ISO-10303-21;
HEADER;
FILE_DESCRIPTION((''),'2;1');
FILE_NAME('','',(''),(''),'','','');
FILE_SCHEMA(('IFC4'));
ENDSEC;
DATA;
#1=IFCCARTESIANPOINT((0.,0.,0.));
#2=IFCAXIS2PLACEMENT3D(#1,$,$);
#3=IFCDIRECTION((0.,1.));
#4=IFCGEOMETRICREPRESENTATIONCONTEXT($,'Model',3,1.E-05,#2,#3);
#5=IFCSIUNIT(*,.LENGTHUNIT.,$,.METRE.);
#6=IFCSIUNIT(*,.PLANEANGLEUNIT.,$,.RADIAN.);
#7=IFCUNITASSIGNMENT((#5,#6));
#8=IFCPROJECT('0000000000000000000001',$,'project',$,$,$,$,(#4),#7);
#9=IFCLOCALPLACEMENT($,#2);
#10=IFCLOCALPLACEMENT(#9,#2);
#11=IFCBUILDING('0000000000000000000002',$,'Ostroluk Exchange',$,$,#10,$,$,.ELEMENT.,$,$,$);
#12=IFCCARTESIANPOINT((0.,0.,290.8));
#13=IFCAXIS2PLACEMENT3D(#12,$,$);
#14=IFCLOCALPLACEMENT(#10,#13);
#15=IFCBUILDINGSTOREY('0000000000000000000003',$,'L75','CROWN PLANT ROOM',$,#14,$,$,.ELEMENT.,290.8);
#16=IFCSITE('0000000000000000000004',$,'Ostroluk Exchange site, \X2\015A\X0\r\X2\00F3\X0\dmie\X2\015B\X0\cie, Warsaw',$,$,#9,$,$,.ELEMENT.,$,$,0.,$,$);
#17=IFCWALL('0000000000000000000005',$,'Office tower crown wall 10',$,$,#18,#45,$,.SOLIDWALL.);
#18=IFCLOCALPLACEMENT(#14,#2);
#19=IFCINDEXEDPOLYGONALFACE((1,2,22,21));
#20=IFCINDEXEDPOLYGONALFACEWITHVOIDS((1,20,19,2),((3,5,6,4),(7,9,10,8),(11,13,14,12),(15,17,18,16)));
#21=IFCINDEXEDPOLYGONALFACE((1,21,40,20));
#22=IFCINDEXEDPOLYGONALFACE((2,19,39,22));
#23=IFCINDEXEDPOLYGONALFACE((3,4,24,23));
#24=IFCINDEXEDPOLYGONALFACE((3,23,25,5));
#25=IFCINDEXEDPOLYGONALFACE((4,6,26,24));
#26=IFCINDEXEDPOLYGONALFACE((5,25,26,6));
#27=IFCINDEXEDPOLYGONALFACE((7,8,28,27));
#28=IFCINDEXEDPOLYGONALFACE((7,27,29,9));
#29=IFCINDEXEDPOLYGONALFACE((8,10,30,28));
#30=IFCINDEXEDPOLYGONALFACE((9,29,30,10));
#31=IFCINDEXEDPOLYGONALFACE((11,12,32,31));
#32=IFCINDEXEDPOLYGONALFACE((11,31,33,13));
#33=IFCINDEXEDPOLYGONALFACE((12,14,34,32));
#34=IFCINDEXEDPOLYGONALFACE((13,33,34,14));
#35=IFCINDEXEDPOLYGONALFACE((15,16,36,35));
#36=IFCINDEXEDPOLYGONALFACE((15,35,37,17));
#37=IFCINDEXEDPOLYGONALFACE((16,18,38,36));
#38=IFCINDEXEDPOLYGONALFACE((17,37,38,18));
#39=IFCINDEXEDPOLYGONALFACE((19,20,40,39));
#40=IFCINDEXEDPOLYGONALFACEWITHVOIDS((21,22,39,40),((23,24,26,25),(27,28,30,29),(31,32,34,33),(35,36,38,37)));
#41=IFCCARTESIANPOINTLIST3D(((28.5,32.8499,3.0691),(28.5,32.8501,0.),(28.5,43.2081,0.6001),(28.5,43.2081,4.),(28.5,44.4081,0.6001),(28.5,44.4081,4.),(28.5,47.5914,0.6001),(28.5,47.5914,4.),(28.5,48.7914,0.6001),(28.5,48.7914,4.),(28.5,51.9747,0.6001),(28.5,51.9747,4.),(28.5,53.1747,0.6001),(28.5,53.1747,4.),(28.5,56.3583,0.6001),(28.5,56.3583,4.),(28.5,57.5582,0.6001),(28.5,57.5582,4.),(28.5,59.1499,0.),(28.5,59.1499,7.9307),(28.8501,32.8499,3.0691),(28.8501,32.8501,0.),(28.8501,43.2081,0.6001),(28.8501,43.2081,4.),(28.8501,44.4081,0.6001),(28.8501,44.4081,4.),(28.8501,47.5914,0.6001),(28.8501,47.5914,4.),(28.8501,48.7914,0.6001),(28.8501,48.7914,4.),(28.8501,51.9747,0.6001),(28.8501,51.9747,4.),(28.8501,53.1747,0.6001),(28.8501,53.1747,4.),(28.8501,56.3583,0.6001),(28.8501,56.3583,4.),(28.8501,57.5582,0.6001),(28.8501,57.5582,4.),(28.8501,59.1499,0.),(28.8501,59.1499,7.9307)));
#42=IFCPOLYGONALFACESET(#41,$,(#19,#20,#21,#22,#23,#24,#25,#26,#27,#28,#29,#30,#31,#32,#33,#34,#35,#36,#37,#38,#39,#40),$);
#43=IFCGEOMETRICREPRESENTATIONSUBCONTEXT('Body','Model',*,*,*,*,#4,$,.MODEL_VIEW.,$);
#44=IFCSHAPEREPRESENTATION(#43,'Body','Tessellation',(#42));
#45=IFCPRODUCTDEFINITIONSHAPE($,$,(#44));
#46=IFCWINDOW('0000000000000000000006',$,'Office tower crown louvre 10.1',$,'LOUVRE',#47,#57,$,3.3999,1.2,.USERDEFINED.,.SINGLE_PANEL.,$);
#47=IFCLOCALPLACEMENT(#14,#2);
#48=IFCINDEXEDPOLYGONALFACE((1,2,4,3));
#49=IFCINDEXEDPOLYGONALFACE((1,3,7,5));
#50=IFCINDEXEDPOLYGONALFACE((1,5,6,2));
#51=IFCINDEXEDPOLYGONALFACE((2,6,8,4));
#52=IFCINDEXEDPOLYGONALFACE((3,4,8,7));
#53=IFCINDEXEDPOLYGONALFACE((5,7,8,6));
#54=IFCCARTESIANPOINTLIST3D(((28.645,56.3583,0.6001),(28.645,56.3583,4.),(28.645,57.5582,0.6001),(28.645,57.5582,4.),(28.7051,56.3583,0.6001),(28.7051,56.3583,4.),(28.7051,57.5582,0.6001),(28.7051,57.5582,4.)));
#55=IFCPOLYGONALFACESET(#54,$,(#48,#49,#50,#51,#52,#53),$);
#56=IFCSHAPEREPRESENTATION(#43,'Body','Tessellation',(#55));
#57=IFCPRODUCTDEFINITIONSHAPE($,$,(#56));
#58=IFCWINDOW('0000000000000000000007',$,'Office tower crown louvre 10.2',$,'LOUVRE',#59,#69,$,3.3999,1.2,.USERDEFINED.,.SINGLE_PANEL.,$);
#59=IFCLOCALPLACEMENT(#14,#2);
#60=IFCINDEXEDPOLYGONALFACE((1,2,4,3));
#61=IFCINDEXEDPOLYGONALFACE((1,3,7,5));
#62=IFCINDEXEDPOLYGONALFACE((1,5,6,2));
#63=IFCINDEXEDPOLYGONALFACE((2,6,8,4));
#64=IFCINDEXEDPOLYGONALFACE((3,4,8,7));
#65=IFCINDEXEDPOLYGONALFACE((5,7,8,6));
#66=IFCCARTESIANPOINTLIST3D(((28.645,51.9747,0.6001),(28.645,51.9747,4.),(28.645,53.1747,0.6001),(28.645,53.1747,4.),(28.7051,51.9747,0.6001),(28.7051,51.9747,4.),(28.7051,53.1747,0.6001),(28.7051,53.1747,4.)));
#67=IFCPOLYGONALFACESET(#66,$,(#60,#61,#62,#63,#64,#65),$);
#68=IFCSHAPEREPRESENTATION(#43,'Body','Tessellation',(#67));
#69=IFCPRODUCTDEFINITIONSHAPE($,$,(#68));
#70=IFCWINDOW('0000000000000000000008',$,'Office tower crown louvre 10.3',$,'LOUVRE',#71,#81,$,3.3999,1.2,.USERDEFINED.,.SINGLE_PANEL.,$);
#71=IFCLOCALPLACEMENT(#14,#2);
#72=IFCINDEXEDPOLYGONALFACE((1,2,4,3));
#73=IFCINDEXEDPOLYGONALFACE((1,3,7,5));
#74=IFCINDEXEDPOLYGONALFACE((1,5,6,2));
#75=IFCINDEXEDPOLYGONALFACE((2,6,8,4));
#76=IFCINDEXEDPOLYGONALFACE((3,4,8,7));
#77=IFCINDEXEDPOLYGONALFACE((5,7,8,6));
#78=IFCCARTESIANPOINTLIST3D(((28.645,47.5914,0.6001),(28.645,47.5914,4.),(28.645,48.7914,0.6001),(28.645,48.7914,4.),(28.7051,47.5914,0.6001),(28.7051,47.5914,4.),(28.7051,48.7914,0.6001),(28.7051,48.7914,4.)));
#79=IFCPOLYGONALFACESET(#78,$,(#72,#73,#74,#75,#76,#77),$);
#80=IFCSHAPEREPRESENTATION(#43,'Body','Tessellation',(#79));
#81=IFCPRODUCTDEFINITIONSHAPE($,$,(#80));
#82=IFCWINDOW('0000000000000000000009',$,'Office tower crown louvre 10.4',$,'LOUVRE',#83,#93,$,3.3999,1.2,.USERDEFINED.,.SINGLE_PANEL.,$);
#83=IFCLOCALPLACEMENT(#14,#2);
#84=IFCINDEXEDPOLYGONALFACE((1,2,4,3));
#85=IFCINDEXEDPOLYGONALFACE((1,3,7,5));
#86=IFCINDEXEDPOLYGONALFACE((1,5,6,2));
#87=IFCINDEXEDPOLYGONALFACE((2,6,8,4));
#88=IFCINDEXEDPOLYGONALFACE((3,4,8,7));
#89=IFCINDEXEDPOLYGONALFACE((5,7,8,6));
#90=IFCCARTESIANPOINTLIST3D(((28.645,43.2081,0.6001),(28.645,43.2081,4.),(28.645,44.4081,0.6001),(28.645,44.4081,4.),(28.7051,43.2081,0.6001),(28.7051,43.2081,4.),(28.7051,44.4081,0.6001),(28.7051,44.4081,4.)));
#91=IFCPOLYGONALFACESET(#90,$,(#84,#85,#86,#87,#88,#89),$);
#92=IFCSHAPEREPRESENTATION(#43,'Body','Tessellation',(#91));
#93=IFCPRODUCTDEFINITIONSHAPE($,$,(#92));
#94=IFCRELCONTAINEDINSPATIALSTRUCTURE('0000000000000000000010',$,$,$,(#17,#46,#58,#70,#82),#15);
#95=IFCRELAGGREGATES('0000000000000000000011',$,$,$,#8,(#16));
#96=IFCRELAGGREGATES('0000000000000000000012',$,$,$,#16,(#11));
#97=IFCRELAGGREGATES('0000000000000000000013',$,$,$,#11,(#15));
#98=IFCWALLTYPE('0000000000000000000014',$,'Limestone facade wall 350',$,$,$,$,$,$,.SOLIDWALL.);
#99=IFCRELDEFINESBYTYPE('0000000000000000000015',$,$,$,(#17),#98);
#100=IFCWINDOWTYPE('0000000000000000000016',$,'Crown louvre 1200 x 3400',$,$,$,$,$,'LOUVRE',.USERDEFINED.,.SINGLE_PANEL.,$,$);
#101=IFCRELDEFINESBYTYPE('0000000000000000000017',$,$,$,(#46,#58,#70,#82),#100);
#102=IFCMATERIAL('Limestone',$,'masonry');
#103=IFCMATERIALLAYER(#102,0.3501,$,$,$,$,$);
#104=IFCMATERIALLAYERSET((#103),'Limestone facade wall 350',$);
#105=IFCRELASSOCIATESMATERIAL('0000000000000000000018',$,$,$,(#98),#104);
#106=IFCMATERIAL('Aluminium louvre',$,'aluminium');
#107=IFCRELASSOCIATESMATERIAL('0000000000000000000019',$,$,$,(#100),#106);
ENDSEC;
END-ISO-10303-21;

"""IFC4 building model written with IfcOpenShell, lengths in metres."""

from ifc_helpers import new_model, si_unit, direction, frame, frame_2d, origin, place, context, subcontext, project, spatial, polyline, rectangle, outline, extrude, material, layer, layer_set, type_object, element, fill, save


model = new_model("IFC4")

# Units and contexts
model_context = context("Model", 3, precision=1e-05, world=origin(), true_north=direction((0.0, 1.0)))
body_context = subcontext(model_context, "Body", "Model", "MODEL_VIEW")
ifc_project = project(units=[si_unit("LENGTHUNIT", "METRE"), si_unit("PLANEANGLEUNIT", "RADIAN")], contexts=[model_context])

# Site, building, storey
site_placement = place(None, origin())
site = spatial("IfcSite", under=ifc_project, at=site_placement, Name="Ostroluk Exchange site, Śródmieście, Warsaw", CompositionType="ELEMENT", RefElevation=0.0)
building_placement = place(site_placement, origin())
building = spatial("IfcBuilding", under=site, at=building_placement, Name="Ostroluk Exchange", CompositionType="ELEMENT")
storey_placement = place(building_placement, frame((0.0, 0.0, 290.8)))
storey = spatial("IfcBuildingStorey", under=building, at=storey_placement, Name="L75", Description="CROWN PLANT ROOM", CompositionType="ELEMENT", Elevation=290.8)

# Shared definitions
ifc_material_1 = material(Name="Limestone", Category="masonry")
ifc_layer_1 = layer(ifc_material_1, 0.3501)
ifc_layer_set_1 = layer_set([ifc_layer_1], Name="Limestone facade wall 350")
wall_type_1 = type_object("IfcWallType", Name="Limestone facade wall 350", PredefinedType="SOLIDWALL", material=ifc_layer_set_1)
ifc_material_2 = material(Name="Aluminium louvre", Category="aluminium")
window_type = type_object("IfcWindowType", Name="Crown louvre 1200 x 3400", ElementType="LOUVRE", PartitioningType="SINGLE_PANEL", PredefinedType="USERDEFINED", material=ifc_material_2)

# Wall, openings, windows
wall_1_placement = place(storey_placement, frame((28.675, 59.1499, 0.0), z_axis=(0.0, 0.0, 1.0), x_axis=(0.0, -1.0, 0.0)))
wall_1 = element("IfcWall", 1, at=wall_1_placement, inside=storey, type_object=wall_type_1, Name="Office tower crown wall 10", PredefinedType="SOLIDWALL", context=body_context, shape_type="SweptSolid", body=[
    extrude(outline(polyline([(0.0, 0.0), (26.2998, 0.0), (26.3, 3.0691), (0.0, 7.9307), (0.0, 0.0)])), frame((0.0, 0.175, 0.0), z_axis=(0.0, -1.0, 0.0), x_axis=(1.0, 0.0, 0.0)), (0.0, 0.0, 1.0), 0.3501),
])
opening_1_placement = place(wall_1_placement, frame((1.5916, 0.0, 0.6001)))
opening_1 = element("IfcOpeningElement", 2, at=opening_1_placement, cuts=wall_1, PredefinedType="OPENING", context=body_context, shape_type="SweptSolid", body=[
    extrude(rectangle(XDim=1.2, YDim=3.3999, at=frame_2d((0.6001, 1.7))), frame((0.0, 0.1851, 0.0), z_axis=(0.0, -1.0, 0.0), x_axis=(1.0, 0.0, 0.0)), (0.0, 0.0, 1.0), 0.3701),
])
opening_2_placement = place(wall_1_placement, frame((5.9751, 0.0, 0.6001)))
opening_2 = element("IfcOpeningElement", 3, at=opening_2_placement, cuts=wall_1, PredefinedType="OPENING", context=body_context, shape_type="SweptSolid", body=[
    extrude(rectangle(XDim=1.2, YDim=3.3999, at=frame_2d((0.6001, 1.7))), frame((0.0, 0.1851, 0.0), z_axis=(0.0, -1.0, 0.0), x_axis=(1.0, 0.0, 0.0)), (0.0, 0.0, 1.0), 0.3701),
])
opening_3_placement = place(wall_1_placement, frame((10.3584, 0.0, 0.6001)))
opening_3 = element("IfcOpeningElement", 4, at=opening_3_placement, cuts=wall_1, PredefinedType="OPENING", context=body_context, shape_type="SweptSolid", body=[
    extrude(rectangle(XDim=1.2, YDim=3.3999, at=frame_2d((0.6001, 1.7))), frame((0.0, 0.1851, 0.0), z_axis=(0.0, -1.0, 0.0), x_axis=(1.0, 0.0, 0.0)), (0.0, 0.0, 1.0), 0.3701),
])
opening_4_placement = place(wall_1_placement, frame((14.7417, 0.0, 0.6001)))
opening_4 = element("IfcOpeningElement", 5, at=opening_4_placement, cuts=wall_1, PredefinedType="OPENING", context=body_context, shape_type="SweptSolid", body=[
    extrude(rectangle(XDim=1.2, YDim=3.3999, at=frame_2d((0.6001, 1.7))), frame((0.0, 0.1851, 0.0), z_axis=(0.0, -1.0, 0.0), x_axis=(1.0, 0.0, 0.0)), (0.0, 0.0, 1.0), 0.3701),
])
window_1_placement = place(opening_1_placement, origin())
window_1 = element("IfcWindow", 6, at=window_1_placement, inside=storey, type_object=window_type, Name="Office tower crown louvre 10.1", ObjectType="LOUVRE", OverallHeight=3.3999, OverallWidth=1.2, PartitioningType="SINGLE_PANEL", PredefinedType="USERDEFINED", context=body_context, shape_type="SweptSolid", body=[
    extrude(rectangle(XDim=1.2, YDim=3.3999, at=frame_2d((0.6001, 1.7))), frame((0.0, 0.03, 0.0), z_axis=(0.0, -1.0, 0.0), x_axis=(1.0, 0.0, 0.0)), (0.0, 0.0, 1.0), 0.0601),
])
fill(opening_1, window_1)
window_2_placement = place(opening_2_placement, origin())
window_2 = element("IfcWindow", 7, at=window_2_placement, inside=storey, type_object=window_type, Name="Office tower crown louvre 10.2", ObjectType="LOUVRE", OverallHeight=3.3999, OverallWidth=1.2, PartitioningType="SINGLE_PANEL", PredefinedType="USERDEFINED", context=body_context, shape_type="SweptSolid", body=[
    extrude(rectangle(XDim=1.2, YDim=3.3999, at=frame_2d((0.6001, 1.7))), frame((0.0, 0.03, 0.0), z_axis=(0.0, -1.0, 0.0), x_axis=(1.0, 0.0, 0.0)), (0.0, 0.0, 1.0), 0.0601),
])
fill(opening_2, window_2)
window_3_placement = place(opening_3_placement, origin())
window_3 = element("IfcWindow", 8, at=window_3_placement, inside=storey, type_object=window_type, Name="Office tower crown louvre 10.3", ObjectType="LOUVRE", OverallHeight=3.3999, OverallWidth=1.2, PartitioningType="SINGLE_PANEL", PredefinedType="USERDEFINED", context=body_context, shape_type="SweptSolid", body=[
    extrude(rectangle(XDim=1.2, YDim=3.3999, at=frame_2d((0.6001, 1.7))), frame((0.0, 0.03, 0.0), z_axis=(0.0, -1.0, 0.0), x_axis=(1.0, 0.0, 0.0)), (0.0, 0.0, 1.0), 0.0601),
])
fill(opening_3, window_3)
window_4_placement = place(opening_4_placement, origin())
window_4 = element("IfcWindow", 9, at=window_4_placement, inside=storey, type_object=window_type, Name="Office tower crown louvre 10.4", ObjectType="LOUVRE", OverallHeight=3.3999, OverallWidth=1.2, PartitioningType="SINGLE_PANEL", PredefinedType="USERDEFINED", context=body_context, shape_type="SweptSolid", body=[
    extrude(rectangle(XDim=1.2, YDim=3.3999, at=frame_2d((0.6001, 1.7))), frame((0.0, 0.03, 0.0), z_axis=(0.0, -1.0, 0.0), x_axis=(1.0, 0.0, 0.0)), (0.0, 0.0, 1.0), 0.0601),
])
fill(opening_4, window_4)

save(model, "model.ifc")
